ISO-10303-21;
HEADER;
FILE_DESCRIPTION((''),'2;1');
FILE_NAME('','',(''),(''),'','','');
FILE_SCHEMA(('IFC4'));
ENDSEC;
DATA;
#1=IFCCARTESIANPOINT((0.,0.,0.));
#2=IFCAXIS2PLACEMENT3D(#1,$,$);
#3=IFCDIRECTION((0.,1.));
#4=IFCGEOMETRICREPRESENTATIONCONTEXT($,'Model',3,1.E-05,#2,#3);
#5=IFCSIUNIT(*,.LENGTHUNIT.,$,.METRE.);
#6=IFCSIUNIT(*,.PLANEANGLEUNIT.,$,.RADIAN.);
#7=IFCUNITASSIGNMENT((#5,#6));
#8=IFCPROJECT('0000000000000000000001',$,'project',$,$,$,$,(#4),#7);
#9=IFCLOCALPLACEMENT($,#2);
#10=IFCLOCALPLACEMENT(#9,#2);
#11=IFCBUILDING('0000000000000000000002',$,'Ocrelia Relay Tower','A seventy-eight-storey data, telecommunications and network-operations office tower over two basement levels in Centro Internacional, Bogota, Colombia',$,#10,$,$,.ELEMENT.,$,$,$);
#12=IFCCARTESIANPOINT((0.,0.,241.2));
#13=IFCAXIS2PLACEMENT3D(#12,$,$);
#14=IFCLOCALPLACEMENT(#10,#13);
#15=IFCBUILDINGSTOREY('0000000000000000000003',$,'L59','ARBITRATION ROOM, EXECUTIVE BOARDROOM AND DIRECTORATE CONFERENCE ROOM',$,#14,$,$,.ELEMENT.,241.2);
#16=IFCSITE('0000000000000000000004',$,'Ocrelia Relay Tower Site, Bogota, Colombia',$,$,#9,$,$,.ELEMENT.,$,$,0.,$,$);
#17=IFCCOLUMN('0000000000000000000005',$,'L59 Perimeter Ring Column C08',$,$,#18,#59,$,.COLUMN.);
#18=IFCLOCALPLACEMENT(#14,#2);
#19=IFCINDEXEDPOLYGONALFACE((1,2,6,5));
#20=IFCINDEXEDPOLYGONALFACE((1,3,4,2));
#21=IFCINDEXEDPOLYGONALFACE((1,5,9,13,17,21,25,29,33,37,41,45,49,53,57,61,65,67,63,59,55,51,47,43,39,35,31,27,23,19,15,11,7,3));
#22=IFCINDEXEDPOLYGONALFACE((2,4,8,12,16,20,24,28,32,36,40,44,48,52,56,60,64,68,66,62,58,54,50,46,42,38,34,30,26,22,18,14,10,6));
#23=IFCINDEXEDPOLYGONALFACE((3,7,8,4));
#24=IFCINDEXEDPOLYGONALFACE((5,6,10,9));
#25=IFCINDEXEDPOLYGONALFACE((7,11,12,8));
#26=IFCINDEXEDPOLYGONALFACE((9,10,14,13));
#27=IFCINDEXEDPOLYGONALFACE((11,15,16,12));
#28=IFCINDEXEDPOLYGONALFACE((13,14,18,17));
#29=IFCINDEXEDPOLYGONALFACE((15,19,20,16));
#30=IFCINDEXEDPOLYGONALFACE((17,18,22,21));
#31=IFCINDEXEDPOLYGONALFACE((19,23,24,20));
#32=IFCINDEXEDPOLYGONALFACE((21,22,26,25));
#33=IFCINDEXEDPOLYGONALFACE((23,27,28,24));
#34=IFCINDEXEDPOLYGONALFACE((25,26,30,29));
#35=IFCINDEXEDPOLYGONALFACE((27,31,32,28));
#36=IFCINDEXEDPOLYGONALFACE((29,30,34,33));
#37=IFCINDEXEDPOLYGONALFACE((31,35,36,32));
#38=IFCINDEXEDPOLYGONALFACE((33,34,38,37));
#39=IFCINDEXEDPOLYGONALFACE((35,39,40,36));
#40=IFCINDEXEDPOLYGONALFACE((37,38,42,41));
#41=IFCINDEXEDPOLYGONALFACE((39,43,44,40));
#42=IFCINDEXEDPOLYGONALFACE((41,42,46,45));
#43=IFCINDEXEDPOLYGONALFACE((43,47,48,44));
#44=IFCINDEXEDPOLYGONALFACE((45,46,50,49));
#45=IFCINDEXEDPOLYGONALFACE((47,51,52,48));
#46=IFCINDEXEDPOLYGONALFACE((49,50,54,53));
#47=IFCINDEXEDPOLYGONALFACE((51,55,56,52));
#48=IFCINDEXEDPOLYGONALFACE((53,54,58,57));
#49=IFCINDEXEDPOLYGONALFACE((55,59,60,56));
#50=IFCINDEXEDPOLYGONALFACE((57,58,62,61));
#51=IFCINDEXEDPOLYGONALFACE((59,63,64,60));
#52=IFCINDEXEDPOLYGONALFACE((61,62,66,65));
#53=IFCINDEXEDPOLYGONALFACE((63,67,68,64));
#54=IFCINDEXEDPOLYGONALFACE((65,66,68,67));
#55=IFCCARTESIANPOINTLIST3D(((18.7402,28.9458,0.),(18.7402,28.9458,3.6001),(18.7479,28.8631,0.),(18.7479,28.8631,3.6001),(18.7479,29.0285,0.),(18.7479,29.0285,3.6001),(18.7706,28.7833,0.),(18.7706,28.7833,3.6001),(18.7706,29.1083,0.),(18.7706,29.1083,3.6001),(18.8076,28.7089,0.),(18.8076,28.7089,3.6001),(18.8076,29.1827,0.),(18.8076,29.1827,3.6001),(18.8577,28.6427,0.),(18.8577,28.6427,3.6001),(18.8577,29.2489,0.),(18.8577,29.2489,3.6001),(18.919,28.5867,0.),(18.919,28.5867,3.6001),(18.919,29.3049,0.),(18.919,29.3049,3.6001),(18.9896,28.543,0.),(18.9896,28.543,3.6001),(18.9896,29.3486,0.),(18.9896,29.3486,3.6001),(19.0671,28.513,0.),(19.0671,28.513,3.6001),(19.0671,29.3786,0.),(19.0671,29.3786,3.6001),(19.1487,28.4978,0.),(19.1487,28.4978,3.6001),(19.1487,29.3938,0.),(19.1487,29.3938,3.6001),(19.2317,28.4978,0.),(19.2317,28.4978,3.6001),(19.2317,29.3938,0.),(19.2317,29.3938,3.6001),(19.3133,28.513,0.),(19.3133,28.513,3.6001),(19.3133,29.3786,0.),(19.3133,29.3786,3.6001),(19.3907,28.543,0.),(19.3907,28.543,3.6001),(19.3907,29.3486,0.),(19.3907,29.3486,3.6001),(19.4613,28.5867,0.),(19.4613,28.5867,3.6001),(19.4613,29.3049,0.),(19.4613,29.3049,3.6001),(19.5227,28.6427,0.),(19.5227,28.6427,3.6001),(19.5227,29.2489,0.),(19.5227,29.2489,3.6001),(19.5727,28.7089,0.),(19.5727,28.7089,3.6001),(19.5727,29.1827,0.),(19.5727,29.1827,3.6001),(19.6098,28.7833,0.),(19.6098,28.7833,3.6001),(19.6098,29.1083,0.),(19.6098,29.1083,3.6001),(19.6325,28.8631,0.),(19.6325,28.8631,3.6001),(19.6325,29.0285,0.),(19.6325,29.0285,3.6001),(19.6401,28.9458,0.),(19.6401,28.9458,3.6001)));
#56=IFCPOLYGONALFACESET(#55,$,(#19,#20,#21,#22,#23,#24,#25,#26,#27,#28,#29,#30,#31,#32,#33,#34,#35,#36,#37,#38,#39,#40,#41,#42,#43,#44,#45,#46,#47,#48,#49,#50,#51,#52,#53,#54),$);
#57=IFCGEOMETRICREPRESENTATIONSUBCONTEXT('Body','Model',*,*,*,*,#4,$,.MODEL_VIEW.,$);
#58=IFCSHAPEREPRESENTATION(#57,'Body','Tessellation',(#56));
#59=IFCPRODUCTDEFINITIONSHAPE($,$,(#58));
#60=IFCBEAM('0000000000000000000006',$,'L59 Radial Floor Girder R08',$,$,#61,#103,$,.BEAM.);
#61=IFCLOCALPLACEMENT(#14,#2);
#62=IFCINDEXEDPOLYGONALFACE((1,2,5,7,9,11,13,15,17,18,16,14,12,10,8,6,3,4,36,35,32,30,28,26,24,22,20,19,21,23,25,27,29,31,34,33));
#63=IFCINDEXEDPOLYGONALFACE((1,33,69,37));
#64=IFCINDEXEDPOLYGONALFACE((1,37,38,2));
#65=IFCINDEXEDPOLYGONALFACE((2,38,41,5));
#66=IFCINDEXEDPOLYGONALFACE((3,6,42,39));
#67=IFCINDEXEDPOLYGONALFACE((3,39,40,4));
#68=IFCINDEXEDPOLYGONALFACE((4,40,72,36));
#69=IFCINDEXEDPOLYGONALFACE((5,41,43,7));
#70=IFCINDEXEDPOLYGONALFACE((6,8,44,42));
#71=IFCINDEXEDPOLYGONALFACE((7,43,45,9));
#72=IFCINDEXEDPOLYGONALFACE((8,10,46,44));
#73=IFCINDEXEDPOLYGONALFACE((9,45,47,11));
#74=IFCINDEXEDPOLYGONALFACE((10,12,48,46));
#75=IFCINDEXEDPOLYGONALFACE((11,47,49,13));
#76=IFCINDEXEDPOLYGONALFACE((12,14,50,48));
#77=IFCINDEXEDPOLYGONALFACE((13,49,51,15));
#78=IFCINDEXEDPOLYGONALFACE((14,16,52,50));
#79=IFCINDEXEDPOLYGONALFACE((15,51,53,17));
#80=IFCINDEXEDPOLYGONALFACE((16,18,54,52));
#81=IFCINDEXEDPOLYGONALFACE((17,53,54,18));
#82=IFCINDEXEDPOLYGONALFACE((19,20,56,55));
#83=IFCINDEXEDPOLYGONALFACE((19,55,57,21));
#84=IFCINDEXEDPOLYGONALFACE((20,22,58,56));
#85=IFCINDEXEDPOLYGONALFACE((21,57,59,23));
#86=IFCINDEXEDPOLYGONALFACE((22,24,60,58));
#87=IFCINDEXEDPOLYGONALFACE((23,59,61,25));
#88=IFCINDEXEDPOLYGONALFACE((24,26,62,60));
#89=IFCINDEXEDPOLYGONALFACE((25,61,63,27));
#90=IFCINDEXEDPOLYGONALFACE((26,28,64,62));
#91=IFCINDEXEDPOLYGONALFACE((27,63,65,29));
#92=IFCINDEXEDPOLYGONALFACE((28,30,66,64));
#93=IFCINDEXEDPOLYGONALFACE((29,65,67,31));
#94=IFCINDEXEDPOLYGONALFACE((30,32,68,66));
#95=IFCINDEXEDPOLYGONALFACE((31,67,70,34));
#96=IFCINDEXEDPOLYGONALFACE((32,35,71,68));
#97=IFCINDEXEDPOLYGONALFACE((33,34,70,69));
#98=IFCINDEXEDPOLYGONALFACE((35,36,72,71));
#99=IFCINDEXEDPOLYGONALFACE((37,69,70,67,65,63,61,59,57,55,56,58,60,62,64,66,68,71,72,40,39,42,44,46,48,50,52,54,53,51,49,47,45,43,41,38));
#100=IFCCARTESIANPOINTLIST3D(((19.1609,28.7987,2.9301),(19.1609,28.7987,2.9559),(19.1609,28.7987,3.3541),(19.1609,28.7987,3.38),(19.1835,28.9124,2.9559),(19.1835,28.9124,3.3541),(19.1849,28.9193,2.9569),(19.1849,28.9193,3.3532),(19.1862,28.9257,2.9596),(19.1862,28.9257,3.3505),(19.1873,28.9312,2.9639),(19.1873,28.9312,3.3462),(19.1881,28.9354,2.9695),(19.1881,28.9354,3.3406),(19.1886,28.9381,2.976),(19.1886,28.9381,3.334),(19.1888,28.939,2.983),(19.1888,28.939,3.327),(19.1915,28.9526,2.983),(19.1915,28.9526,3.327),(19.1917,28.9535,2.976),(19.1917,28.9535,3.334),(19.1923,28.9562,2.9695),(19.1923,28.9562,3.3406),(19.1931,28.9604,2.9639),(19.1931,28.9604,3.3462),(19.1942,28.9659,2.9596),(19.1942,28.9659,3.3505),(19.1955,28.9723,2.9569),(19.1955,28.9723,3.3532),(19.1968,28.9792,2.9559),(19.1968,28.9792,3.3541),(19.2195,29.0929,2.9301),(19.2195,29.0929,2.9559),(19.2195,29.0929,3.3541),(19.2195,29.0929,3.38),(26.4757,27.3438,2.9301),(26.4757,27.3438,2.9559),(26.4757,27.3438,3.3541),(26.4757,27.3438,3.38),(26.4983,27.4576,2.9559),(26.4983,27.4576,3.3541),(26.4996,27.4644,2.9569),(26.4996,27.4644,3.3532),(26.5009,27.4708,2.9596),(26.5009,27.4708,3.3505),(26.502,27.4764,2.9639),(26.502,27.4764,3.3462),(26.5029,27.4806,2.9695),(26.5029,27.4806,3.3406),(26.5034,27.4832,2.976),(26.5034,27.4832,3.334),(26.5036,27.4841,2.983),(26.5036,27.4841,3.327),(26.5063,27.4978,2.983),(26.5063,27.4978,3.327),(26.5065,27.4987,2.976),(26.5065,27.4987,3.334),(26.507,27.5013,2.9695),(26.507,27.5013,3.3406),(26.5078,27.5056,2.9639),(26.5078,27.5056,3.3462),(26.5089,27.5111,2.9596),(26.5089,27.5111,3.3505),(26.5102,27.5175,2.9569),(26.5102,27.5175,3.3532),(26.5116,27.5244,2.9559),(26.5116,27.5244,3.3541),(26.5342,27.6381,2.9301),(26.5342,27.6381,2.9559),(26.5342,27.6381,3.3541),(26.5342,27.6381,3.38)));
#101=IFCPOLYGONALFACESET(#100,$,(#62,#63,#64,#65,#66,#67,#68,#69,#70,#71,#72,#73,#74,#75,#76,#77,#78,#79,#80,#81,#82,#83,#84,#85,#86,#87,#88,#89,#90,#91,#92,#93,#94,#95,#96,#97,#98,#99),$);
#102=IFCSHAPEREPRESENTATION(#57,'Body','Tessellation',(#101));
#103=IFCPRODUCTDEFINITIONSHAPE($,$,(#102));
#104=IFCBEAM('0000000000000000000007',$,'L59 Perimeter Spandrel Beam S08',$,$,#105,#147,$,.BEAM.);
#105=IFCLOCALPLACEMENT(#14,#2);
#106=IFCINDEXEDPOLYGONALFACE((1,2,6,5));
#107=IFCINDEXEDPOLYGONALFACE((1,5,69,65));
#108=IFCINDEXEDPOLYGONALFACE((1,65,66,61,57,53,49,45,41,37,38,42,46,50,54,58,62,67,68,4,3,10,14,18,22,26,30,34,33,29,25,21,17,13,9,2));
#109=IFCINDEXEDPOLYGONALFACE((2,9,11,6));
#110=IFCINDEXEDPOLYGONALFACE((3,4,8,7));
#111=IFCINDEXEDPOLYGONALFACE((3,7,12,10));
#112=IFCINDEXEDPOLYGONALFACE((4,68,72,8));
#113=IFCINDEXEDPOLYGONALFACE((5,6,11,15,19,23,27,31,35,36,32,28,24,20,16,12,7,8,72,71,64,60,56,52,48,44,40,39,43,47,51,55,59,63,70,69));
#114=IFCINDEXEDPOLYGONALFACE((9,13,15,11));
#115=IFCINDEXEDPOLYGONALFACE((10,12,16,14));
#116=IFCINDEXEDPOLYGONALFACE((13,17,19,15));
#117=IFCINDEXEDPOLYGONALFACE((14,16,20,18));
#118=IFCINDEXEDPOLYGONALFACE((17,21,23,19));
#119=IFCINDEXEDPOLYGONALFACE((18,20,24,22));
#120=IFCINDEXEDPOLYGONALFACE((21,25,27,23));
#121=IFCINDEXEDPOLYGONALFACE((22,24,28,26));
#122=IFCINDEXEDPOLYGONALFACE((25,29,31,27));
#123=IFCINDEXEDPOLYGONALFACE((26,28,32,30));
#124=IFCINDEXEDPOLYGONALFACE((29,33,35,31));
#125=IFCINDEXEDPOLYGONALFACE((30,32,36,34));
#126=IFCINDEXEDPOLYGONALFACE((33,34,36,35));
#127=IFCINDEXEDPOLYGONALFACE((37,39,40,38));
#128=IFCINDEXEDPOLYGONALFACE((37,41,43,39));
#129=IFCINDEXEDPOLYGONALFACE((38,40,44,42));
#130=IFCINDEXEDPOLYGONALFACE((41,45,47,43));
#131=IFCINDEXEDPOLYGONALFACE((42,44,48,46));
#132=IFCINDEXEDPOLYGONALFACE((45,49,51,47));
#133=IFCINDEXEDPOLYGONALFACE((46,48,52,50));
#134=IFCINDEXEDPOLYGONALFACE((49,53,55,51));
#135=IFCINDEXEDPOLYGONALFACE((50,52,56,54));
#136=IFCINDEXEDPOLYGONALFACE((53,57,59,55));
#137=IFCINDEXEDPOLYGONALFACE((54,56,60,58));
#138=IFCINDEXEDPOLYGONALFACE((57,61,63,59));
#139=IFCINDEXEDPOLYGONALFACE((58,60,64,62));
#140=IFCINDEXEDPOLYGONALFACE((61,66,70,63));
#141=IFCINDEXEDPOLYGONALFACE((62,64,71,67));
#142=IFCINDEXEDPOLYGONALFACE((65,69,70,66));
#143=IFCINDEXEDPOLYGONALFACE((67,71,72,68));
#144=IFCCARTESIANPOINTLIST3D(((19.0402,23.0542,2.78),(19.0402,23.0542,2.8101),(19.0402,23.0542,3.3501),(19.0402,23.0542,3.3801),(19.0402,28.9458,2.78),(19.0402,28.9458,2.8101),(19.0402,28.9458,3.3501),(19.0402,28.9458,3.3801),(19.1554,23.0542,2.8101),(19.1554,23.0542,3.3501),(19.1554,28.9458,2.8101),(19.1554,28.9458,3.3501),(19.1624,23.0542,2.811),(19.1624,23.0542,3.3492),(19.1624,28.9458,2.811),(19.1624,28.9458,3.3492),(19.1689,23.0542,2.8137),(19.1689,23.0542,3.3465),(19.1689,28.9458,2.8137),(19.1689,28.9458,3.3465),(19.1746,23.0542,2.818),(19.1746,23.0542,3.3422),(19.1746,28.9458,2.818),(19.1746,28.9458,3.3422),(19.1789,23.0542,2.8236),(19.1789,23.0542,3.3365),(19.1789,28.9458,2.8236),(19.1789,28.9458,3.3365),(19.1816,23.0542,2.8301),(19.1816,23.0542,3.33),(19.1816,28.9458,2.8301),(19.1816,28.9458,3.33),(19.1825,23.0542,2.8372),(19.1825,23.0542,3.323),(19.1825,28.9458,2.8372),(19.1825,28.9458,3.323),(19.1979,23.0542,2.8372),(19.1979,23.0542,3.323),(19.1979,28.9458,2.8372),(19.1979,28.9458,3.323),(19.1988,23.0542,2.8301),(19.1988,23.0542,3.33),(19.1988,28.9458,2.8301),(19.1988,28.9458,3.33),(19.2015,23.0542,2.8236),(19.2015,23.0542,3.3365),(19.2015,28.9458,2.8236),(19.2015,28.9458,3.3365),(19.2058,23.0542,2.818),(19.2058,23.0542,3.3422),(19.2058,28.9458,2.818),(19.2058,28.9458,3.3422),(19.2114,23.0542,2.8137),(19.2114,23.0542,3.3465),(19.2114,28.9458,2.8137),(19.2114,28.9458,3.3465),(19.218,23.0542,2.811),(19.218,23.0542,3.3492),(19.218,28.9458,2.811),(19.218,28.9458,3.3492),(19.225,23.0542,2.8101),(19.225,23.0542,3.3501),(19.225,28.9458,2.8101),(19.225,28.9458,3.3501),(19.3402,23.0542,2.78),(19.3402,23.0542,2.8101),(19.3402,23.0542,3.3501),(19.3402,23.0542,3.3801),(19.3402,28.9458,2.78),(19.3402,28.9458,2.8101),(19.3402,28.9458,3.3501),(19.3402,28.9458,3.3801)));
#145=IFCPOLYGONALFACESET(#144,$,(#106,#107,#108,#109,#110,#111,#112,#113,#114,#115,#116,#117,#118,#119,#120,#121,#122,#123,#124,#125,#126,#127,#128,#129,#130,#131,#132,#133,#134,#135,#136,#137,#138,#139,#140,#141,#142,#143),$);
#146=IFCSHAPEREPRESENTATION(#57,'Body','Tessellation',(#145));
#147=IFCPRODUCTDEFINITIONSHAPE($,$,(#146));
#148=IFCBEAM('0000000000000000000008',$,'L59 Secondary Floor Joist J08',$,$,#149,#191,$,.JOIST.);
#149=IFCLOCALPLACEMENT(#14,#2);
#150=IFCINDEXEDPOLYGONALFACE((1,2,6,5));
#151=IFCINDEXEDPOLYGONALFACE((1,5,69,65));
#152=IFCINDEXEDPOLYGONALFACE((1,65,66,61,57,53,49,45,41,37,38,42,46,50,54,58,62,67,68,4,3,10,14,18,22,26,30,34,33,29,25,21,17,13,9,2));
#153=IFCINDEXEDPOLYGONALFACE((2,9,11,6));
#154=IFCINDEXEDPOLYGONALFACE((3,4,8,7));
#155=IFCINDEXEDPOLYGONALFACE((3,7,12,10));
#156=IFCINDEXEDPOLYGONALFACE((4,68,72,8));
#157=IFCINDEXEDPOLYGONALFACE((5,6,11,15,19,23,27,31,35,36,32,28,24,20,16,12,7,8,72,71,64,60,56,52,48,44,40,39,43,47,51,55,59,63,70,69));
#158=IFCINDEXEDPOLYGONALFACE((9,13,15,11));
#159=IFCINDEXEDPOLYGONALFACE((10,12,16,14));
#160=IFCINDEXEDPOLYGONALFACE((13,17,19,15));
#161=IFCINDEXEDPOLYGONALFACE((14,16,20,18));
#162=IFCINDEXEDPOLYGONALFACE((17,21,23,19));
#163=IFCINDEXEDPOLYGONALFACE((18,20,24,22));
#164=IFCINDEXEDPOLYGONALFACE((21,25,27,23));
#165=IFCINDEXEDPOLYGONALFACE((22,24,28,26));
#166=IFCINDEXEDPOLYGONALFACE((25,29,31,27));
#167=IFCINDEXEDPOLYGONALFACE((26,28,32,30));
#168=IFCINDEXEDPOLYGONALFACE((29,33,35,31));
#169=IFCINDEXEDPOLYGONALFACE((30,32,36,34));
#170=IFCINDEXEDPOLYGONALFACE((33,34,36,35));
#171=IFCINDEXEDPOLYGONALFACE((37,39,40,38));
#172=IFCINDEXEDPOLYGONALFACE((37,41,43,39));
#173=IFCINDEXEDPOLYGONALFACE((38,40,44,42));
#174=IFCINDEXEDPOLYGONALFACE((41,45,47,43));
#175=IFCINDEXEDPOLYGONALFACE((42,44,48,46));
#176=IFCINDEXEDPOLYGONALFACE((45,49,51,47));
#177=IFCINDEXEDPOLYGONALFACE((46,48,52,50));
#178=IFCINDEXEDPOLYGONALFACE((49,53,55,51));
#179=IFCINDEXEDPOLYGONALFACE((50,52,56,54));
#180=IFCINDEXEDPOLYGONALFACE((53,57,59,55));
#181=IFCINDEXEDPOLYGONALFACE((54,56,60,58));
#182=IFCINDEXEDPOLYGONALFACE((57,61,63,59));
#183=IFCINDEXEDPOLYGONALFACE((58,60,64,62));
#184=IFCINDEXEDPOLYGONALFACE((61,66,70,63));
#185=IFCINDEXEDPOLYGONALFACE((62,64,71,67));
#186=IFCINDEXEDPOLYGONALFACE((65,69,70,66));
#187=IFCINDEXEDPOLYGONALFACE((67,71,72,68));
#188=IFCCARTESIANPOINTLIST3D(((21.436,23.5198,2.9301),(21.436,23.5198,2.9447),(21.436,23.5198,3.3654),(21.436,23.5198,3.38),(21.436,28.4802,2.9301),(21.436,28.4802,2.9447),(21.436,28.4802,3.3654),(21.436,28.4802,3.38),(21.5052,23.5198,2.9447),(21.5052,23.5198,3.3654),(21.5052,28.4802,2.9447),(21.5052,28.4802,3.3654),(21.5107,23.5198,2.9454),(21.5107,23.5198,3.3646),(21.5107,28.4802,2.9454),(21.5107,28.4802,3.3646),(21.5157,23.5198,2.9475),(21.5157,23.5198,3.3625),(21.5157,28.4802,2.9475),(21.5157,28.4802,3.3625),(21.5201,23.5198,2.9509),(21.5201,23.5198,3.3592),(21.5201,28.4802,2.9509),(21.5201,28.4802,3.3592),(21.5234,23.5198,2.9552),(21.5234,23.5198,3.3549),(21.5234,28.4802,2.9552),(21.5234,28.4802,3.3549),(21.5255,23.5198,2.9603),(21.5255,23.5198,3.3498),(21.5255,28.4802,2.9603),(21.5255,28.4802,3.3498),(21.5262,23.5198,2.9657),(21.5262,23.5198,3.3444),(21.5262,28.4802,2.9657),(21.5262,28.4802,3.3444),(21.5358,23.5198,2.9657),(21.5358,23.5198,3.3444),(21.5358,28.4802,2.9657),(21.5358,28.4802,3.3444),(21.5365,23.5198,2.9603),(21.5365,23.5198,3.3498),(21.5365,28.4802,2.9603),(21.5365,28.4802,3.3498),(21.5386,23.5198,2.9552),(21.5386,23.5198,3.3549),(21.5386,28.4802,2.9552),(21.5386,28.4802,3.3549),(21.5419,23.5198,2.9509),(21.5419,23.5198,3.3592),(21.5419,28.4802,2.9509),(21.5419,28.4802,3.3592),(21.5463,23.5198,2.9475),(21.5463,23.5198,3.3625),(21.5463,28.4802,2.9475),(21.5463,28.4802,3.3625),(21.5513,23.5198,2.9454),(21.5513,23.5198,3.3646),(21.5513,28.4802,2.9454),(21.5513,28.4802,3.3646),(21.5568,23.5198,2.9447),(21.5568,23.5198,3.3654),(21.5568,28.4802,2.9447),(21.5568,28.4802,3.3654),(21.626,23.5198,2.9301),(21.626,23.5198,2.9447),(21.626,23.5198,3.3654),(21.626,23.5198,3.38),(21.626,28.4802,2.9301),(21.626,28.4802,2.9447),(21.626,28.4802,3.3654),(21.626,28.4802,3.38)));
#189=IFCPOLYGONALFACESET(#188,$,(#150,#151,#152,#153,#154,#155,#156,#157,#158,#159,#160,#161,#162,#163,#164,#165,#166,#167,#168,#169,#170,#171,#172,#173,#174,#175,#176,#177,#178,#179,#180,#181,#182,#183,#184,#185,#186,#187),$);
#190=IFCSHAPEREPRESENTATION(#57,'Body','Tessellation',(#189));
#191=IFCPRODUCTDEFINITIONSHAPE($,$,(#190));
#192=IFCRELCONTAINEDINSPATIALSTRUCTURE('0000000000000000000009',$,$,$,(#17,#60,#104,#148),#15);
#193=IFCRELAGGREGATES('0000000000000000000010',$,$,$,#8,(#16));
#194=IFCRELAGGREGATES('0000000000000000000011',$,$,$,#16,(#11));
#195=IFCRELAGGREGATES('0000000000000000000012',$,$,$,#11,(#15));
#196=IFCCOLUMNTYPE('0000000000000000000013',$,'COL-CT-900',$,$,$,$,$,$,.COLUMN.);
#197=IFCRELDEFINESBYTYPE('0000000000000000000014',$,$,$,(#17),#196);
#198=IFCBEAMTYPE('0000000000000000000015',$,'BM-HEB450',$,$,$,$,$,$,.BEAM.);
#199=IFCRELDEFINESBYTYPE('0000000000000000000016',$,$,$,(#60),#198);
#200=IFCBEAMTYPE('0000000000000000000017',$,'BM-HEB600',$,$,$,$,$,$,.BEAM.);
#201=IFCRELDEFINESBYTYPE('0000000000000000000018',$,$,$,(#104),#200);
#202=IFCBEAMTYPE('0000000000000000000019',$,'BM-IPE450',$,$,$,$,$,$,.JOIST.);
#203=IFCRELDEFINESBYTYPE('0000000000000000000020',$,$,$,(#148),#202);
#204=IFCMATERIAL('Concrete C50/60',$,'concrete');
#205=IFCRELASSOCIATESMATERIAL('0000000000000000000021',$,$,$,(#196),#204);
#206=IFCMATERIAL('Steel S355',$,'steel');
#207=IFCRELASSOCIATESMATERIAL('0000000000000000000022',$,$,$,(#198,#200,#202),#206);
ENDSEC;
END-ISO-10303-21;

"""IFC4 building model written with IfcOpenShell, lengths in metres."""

from ifc_helpers import new_model, si_unit, direction, frame, origin, origin_2d, place, context, subcontext, project, spatial, circle, i_section, extrude, material, material_profile, profile_set, type_object, element, save


model = new_model("IFC4")

# Units and contexts
model_context = context("Model", 3, precision=1e-05, world=origin(), true_north=direction((0.0, 1.0)))
body_context = subcontext(model_context, "Body", "Model", "MODEL_VIEW")
ifc_project = project(units=[si_unit("LENGTHUNIT", "METRE"), si_unit("PLANEANGLEUNIT", "RADIAN")], contexts=[model_context])

# Site, building, storey
site_placement = place(None, origin())
site = spatial("IfcSite", under=ifc_project, at=site_placement, Name="Ocrelia Relay Tower Site, Bogota, Colombia", CompositionType="ELEMENT", RefElevation=0.0)
building_placement = place(site_placement, origin())
building = spatial("IfcBuilding", under=site, at=building_placement, Name="Ocrelia Relay Tower", Description="A seventy-eight-storey data, telecommunications and network-operations office tower over two basement levels in Centro Internacional, Bogota, Colombia", CompositionType="ELEMENT")
storey_placement = place(building_placement, frame((0.0, 0.0, 241.2)))
storey = spatial("IfcBuildingStorey", under=building, at=storey_placement, Name="L59", Description="ARBITRATION ROOM, EXECUTIVE BOARDROOM AND DIRECTORATE CONFERENCE ROOM", CompositionType="ELEMENT", Elevation=241.2)

# Column
ifc_material_1 = material(Name="Concrete C50/60", Category="concrete")
ifc_material_profile_1 = material_profile(ifc_material_1, circle(Radius=0.45, at=origin_2d()), Name="RC-CIR-900")
ifc_profile_set_1 = profile_set([ifc_material_profile_1], Name="Concrete C50/60")
column_type = type_object("IfcColumnType", Name="COL-CT-900", PredefinedType="COLUMN", material=ifc_profile_set_1)
column_placement = place(storey_placement, frame((19.1902, 28.9458, 0.0), z_axis=(0.0, 0.0, 1.0), x_axis=(1.0, 0.0, 0.0)))
element("IfcColumn", 1, at=column_placement, inside=storey, type_object=column_type, Name="L59 Perimeter Ring Column C08", PredefinedType="COLUMN", context=body_context, shape_type="SweptSolid", body=[
    extrude(circle(Radius=0.45, at=origin_2d()), origin(), (0.0, 0.0, 1.0), 3.6001),
])

# Beams
ifc_material_2 = material(Name="Steel S355", Category="steel")
ifc_material_profile_2 = material_profile(ifc_material_2, i_section(OverallWidth=0.3, OverallDepth=0.45, WebThickness=0.0139, FlangeThickness=0.0259, FilletRadius=0.0271, at=origin_2d()), Name="HEB 450")
ifc_profile_set_2 = profile_set([ifc_material_profile_2], Name="Steel S355")
beam_type_1 = type_object("IfcBeamType", Name="BM-HEB450", PredefinedType="BEAM", material=ifc_profile_set_2)
beam_1_placement = place(storey_placement, frame((19.1902, 28.9458, 3.155), z_axis=(0.980789, -0.195071, 0.0), x_axis=(0.195071, 0.980789, 0.0)))
element("IfcBeam", 2, at=beam_1_placement, inside=storey, type_object=beam_type_1, Name="L59 Radial Floor Girder R08", PredefinedType="BEAM", context=body_context, shape_type="SweptSolid", body=[
    extrude(i_section(OverallWidth=0.3, OverallDepth=0.45, WebThickness=0.0139, FlangeThickness=0.0259, FilletRadius=0.0271, at=origin_2d()), origin(), (0.0, 0.0, 1.0), 7.458),
])
ifc_material_profile_3 = material_profile(ifc_material_2, i_section(OverallWidth=0.3, OverallDepth=0.6001, WebThickness=0.0154, FlangeThickness=0.03, FilletRadius=0.0271, at=origin_2d()), Name="HEB 600")
ifc_profile_set_3 = profile_set([ifc_material_profile_3], Name="Steel S355")
beam_type_2 = type_object("IfcBeamType", Name="BM-HEB600", PredefinedType="BEAM", material=ifc_profile_set_3)
beam_2_placement = place(storey_placement, frame((19.1902, 28.9458, 3.0801), z_axis=(0.0, -1.0, 0.0), x_axis=(1.0, 0.0, 0.0)))
element("IfcBeam", 3, at=beam_2_placement, inside=storey, type_object=beam_type_2, Name="L59 Perimeter Spandrel Beam S08", PredefinedType="BEAM", context=body_context, shape_type="SweptSolid", body=[
    extrude(i_section(OverallWidth=0.3, OverallDepth=0.6001, WebThickness=0.0154, FlangeThickness=0.03, FilletRadius=0.0271, at=origin_2d()), origin(), (0.0, 0.0, 1.0), 5.8916),
])
ifc_material_profile_4 = material_profile(ifc_material_2, i_section(OverallWidth=0.1899, OverallDepth=0.45, WebThickness=0.0095, FlangeThickness=0.0146, FilletRadius=0.021, at=origin_2d()), Name="IPE 450")
ifc_profile_set_4 = profile_set([ifc_material_profile_4], Name="Steel S355")
beam_type_3 = type_object("IfcBeamType", Name="BM-IPE450", PredefinedType="JOIST", material=ifc_profile_set_4)
beam_3_placement = place(storey_placement, frame((21.531, 28.4802, 3.155), z_axis=(0.0, -1.0, 0.0), x_axis=(1.0, 0.0, 0.0)))
element("IfcBeam", 4, at=beam_3_placement, inside=storey, type_object=beam_type_3, Name="L59 Secondary Floor Joist J08", PredefinedType="JOIST", context=body_context, shape_type="SweptSolid", body=[
    extrude(i_section(OverallWidth=0.1899, OverallDepth=0.45, WebThickness=0.0095, FlangeThickness=0.0146, FilletRadius=0.021, at=origin_2d()), origin(), (0.0, 0.0, 1.0), 4.9604),
])

save(model, "model.ifc")
